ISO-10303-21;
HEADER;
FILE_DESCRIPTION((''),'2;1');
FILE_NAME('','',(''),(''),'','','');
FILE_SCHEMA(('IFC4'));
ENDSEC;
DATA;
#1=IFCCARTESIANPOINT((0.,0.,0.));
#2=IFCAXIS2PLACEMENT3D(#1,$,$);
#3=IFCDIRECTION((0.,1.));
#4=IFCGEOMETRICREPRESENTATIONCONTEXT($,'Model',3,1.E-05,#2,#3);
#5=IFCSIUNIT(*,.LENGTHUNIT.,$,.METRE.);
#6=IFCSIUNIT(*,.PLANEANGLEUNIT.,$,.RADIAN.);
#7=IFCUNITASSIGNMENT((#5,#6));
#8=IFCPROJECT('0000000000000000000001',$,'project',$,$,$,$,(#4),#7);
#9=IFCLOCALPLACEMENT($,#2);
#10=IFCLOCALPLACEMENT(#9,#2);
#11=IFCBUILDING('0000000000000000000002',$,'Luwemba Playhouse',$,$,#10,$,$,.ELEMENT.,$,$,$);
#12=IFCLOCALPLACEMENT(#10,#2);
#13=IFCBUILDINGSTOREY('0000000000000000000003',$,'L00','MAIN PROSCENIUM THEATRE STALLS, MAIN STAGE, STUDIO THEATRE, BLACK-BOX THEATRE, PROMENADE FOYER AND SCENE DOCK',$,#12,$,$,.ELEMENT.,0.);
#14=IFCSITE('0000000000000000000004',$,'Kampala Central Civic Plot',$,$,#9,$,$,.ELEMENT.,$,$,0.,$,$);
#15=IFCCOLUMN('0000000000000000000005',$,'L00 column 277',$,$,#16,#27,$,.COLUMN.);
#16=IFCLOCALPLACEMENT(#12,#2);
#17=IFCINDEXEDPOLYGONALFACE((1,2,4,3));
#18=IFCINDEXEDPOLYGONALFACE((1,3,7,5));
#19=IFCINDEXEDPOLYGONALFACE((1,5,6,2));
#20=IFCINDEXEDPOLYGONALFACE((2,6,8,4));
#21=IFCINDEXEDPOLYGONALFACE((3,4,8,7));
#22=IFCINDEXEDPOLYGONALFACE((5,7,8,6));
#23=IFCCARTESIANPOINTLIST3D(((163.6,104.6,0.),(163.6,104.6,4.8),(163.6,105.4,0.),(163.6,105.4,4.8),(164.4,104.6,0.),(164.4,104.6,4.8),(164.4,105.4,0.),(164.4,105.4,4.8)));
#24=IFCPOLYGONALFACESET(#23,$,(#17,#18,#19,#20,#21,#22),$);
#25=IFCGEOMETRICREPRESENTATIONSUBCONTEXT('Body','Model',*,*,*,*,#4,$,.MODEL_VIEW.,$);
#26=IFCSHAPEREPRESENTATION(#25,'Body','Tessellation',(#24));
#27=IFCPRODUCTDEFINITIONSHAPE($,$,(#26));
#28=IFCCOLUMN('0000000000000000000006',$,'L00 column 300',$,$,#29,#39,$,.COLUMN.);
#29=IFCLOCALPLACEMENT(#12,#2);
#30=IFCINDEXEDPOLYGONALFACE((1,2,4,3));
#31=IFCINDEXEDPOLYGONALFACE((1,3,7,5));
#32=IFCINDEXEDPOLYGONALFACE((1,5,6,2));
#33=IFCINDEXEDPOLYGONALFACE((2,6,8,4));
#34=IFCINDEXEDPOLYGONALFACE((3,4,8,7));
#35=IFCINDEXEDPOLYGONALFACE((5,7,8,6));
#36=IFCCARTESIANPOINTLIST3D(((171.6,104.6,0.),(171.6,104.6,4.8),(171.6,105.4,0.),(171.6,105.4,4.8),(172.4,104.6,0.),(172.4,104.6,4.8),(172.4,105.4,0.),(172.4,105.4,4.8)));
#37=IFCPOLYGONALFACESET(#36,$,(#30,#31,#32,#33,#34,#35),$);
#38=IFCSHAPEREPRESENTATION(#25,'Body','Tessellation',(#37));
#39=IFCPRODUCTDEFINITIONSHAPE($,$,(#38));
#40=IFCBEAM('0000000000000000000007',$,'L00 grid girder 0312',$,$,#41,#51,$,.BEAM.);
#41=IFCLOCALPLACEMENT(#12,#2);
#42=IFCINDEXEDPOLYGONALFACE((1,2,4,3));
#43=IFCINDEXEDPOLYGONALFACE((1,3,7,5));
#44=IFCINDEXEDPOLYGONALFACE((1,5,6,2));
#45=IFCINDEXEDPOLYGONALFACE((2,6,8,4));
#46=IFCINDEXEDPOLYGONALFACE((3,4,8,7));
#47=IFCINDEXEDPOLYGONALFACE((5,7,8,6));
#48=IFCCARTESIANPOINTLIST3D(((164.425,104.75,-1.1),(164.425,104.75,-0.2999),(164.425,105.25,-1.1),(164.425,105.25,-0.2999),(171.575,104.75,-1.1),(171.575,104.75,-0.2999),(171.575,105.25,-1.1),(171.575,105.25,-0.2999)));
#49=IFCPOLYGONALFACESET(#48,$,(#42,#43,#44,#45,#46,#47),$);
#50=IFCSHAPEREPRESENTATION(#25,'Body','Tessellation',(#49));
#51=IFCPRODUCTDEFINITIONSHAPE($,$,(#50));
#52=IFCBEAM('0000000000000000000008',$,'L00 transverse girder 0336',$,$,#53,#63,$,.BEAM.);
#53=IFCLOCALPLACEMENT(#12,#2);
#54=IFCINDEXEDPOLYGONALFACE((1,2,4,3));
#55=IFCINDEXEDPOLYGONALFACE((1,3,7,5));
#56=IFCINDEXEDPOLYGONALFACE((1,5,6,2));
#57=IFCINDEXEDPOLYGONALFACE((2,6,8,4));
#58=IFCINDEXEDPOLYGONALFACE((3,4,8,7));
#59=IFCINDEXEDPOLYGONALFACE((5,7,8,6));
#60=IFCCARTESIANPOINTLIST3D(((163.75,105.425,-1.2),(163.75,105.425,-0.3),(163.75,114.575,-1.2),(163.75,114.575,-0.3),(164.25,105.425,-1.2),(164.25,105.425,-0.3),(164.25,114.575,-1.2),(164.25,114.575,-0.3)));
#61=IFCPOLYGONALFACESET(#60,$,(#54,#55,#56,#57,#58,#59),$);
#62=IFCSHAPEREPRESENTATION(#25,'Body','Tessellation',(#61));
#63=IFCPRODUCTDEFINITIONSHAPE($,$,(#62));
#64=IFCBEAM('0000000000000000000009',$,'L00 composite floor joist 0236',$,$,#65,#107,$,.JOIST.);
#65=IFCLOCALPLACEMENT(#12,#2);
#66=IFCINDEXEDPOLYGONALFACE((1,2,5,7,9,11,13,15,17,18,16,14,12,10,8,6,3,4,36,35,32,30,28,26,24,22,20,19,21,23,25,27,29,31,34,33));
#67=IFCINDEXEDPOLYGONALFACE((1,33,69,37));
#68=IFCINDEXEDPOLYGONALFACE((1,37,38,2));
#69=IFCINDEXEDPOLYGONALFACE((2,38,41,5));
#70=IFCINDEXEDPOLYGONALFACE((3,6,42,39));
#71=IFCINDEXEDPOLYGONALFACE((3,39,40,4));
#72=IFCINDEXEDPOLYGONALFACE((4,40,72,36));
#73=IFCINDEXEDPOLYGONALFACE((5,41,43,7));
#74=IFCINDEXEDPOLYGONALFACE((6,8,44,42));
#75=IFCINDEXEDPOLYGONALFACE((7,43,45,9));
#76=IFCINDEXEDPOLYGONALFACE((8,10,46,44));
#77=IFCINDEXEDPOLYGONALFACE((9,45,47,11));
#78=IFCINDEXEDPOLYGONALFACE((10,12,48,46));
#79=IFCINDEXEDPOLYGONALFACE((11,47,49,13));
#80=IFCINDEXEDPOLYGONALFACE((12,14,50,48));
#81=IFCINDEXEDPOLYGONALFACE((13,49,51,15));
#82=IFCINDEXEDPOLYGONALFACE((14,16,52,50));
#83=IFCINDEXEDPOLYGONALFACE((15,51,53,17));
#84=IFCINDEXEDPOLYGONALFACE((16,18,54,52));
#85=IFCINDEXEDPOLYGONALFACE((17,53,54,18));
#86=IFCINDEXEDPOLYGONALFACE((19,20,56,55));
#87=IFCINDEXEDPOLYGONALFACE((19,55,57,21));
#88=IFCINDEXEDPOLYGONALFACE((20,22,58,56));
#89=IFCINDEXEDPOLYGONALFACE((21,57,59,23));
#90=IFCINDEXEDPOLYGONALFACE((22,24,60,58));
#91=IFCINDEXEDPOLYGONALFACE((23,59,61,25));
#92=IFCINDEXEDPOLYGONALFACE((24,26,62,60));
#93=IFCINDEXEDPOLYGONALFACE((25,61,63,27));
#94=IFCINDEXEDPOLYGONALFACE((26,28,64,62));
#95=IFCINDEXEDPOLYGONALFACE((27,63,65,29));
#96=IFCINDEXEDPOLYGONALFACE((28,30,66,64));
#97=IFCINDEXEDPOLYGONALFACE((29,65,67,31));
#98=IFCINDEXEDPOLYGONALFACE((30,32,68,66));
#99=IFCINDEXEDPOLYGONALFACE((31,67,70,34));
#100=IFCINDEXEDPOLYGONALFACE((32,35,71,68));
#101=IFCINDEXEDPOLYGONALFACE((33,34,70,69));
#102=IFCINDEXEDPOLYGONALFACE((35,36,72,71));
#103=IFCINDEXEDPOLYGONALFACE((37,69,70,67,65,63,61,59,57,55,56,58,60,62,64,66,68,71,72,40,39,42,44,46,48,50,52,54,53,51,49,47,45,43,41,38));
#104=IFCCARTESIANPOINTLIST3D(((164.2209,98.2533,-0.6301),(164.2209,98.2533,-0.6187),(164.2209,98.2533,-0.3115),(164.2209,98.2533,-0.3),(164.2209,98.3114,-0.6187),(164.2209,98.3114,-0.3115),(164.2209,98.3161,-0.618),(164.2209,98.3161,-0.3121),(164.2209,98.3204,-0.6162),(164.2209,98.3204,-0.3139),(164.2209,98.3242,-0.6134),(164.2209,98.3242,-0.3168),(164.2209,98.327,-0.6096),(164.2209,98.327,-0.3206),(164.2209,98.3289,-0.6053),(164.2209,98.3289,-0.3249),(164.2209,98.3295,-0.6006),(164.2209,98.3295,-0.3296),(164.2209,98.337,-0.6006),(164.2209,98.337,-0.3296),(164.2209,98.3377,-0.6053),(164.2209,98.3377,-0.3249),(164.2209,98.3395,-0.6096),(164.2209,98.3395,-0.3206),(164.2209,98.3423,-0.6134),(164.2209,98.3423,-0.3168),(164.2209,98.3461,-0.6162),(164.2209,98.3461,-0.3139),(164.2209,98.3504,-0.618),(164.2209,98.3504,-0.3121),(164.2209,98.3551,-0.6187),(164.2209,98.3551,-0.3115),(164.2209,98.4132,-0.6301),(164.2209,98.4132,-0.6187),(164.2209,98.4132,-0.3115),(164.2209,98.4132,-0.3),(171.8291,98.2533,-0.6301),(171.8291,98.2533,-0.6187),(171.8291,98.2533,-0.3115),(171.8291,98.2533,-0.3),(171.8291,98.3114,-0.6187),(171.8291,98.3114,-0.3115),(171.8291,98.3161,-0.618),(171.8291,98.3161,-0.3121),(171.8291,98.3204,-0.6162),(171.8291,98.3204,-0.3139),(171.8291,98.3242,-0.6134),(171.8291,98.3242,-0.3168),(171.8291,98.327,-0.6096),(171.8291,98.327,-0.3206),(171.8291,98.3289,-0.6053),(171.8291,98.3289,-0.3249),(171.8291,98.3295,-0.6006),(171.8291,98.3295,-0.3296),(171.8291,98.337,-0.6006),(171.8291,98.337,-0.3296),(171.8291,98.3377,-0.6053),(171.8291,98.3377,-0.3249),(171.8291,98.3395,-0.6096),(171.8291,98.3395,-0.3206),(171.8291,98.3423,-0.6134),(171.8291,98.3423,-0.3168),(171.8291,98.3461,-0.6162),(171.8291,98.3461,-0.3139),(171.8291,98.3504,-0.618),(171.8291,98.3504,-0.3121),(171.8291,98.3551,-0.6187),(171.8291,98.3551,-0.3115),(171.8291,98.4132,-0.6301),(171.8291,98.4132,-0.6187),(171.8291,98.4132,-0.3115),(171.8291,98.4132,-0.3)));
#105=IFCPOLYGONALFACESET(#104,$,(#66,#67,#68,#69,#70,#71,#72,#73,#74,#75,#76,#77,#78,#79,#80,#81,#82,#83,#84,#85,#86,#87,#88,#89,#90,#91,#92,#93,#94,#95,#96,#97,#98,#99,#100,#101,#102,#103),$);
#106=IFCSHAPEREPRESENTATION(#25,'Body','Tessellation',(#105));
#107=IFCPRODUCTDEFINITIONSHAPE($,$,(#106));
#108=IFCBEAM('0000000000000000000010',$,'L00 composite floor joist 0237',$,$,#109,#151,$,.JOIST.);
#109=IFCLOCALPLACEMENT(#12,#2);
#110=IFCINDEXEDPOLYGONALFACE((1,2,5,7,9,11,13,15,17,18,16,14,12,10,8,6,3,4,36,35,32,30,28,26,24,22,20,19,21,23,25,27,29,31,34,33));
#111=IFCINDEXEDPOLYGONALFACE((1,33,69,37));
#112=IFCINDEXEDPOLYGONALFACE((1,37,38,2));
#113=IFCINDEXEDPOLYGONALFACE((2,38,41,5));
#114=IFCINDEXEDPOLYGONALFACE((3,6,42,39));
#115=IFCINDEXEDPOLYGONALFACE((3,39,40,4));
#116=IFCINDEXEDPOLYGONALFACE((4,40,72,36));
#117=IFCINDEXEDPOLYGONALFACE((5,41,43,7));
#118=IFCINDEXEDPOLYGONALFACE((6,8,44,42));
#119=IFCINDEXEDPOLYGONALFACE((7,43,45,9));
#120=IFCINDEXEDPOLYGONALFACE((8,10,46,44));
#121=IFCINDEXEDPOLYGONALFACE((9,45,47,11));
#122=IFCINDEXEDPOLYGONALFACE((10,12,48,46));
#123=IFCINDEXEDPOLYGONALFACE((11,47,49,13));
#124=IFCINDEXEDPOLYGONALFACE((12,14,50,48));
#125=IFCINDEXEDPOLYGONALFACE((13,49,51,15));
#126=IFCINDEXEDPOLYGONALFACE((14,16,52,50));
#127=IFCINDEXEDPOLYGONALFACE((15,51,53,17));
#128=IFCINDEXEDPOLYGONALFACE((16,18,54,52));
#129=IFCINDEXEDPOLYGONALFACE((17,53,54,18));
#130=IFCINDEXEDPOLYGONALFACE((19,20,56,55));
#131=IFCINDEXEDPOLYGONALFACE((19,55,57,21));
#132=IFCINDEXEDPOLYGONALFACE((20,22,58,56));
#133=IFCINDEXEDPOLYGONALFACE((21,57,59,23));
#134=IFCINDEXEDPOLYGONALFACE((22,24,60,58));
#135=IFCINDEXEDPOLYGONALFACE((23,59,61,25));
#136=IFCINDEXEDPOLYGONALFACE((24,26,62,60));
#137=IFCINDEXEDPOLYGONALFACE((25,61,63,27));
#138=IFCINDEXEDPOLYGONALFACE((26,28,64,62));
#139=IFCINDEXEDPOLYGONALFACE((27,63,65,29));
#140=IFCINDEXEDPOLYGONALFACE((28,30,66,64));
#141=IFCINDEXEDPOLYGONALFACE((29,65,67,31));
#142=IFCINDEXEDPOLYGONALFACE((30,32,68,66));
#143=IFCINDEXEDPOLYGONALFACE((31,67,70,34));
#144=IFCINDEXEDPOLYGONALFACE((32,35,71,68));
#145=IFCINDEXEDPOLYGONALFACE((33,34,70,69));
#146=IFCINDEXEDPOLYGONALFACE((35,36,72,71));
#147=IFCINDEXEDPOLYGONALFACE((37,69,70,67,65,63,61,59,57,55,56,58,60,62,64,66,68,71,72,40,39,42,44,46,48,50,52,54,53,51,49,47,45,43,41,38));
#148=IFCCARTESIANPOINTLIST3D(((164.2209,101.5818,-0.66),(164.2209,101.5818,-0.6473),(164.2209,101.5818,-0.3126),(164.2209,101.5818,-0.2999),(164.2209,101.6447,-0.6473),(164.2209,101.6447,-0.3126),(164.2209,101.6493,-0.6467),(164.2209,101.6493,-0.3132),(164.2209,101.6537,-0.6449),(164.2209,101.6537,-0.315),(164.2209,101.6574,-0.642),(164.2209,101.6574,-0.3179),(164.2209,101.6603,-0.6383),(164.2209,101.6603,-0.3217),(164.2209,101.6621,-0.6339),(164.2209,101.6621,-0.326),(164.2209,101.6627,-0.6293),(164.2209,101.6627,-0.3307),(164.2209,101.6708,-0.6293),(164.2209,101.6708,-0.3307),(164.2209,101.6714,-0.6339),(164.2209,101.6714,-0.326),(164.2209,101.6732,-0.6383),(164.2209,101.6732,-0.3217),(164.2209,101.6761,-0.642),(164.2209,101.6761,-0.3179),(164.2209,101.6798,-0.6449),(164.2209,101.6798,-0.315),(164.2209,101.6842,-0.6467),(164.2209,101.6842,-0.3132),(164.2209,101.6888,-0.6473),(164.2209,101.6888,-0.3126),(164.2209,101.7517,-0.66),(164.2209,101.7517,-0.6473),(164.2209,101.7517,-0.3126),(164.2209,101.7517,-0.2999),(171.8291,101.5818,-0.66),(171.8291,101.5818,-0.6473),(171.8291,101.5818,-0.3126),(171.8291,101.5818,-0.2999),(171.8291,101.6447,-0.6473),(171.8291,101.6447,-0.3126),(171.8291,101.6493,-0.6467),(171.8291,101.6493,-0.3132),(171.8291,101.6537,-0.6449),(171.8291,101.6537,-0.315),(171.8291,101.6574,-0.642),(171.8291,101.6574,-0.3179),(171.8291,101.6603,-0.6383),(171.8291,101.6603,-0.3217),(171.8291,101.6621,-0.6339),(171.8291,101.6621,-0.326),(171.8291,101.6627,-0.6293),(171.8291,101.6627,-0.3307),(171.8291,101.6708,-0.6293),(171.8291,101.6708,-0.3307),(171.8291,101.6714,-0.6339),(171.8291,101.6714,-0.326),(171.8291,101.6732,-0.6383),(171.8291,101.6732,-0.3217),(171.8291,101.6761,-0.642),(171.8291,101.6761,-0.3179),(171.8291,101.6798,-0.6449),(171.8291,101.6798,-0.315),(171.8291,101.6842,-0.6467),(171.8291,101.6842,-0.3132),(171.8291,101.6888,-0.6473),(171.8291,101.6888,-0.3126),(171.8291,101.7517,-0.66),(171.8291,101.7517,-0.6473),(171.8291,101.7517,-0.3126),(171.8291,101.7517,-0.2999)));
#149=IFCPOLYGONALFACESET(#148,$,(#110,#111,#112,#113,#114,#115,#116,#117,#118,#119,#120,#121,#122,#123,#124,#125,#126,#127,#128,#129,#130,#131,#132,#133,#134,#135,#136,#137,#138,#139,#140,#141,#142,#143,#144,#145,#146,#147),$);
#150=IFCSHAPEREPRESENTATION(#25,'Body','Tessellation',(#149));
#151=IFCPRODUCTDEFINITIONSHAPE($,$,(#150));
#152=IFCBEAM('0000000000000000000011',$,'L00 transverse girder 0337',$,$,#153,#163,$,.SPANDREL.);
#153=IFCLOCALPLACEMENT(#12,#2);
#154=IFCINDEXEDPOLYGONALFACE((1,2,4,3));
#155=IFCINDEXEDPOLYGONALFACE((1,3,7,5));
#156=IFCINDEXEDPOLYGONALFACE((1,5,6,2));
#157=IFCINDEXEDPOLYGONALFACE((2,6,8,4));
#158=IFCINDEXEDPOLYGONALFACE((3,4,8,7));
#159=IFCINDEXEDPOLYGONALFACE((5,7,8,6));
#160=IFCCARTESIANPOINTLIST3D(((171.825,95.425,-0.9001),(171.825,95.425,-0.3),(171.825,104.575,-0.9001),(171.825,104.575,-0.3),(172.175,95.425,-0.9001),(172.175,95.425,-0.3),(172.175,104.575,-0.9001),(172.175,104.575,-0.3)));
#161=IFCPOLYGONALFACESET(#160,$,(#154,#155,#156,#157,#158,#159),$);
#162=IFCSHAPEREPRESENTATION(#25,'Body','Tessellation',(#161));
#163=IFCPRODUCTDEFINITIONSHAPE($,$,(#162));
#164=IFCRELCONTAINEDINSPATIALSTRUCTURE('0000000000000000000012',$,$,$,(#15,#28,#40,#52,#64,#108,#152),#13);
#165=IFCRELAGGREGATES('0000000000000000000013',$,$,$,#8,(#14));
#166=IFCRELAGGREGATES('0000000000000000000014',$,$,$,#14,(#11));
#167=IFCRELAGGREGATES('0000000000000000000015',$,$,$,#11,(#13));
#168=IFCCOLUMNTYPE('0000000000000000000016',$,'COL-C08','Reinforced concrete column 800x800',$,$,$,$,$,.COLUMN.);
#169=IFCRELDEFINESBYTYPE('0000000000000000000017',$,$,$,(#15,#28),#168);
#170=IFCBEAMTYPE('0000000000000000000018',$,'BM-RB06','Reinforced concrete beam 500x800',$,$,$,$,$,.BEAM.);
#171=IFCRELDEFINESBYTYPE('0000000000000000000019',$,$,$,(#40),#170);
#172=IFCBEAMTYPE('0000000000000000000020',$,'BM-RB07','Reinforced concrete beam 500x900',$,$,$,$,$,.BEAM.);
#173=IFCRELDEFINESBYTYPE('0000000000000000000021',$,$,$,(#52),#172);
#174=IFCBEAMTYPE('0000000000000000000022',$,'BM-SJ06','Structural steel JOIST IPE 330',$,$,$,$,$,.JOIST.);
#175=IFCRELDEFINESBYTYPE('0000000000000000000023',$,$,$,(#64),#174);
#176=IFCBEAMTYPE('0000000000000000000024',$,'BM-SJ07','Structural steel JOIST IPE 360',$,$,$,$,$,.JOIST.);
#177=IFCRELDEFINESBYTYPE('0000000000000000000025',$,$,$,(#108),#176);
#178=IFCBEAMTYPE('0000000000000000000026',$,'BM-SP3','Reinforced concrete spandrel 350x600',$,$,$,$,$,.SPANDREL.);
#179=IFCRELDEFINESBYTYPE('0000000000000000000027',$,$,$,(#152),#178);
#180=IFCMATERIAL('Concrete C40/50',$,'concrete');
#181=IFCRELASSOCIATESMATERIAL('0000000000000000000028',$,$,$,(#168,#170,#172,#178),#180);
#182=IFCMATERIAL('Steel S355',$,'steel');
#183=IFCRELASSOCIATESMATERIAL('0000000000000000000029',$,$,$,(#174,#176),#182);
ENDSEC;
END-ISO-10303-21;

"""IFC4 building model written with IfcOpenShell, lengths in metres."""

from ifc_helpers import new_model, si_unit, direction, frame, origin, origin_2d, place, context, subcontext, project, spatial, rectangle, i_section, extrude, material, material_profile, profile_set, type_object, element, save


model = new_model("IFC4")

# Units and contexts
model_context = context("Model", 3, precision=1e-05, world=origin(), true_north=direction((0.0, 1.0)))
body_context = subcontext(model_context, "Body", "Model", "MODEL_VIEW")
ifc_project = project(units=[si_unit("LENGTHUNIT", "METRE"), si_unit("PLANEANGLEUNIT", "RADIAN")], contexts=[model_context])

# Site, building, storey
site_placement = place(None, origin())
site = spatial("IfcSite", under=ifc_project, at=site_placement, Name="Kampala Central Civic Plot", CompositionType="ELEMENT", RefElevation=0.0)
building_placement = place(site_placement, origin())
building = spatial("IfcBuilding", under=site, at=building_placement, Name="Luwemba Playhouse", CompositionType="ELEMENT")
storey_placement = place(building_placement, origin())
storey = spatial("IfcBuildingStorey", under=building, at=storey_placement, Name="L00", Description="MAIN PROSCENIUM THEATRE STALLS, MAIN STAGE, STUDIO THEATRE, BLACK-BOX THEATRE, PROMENADE FOYER AND SCENE DOCK", CompositionType="ELEMENT", Elevation=0.0)

# Columns
ifc_material_1 = material(Name="Concrete C40/50", Category="concrete")
ifc_material_profile_1 = material_profile(ifc_material_1, rectangle(XDim=0.8, YDim=0.8, at=origin_2d()))
ifc_profile_set_1 = profile_set([ifc_material_profile_1], Name="Concrete C40/50")
column_type = type_object("IfcColumnType", Name="COL-C08", Description="Reinforced concrete column 800x800", PredefinedType="COLUMN", material=ifc_profile_set_1)
for number, where, z_axis, x_axis, name in (
    (1, (164.0, 105.0, 0.0), (0.0, 0.0, 1.0), (1.0, 0.0, 0.0), "L00 column 277"),
    (2, (172.0, 105.0, 0.0), (0.0, 0.0, 1.0), (1.0, 0.0, 0.0), "L00 column 300"),
):
    element("IfcColumn", number, at=place(storey_placement, frame(where, z_axis=z_axis, x_axis=x_axis)), inside=storey, type_object=column_type, Name=name, PredefinedType="COLUMN", context=body_context, shape_type="SweptSolid", body=[
        extrude(rectangle(XDim=0.8, YDim=0.8, at=origin_2d()), origin(), (0.0, 0.0, 1.0), 4.8),
    ])

# Beams
ifc_material_profile_2 = material_profile(ifc_material_1, rectangle(XDim=0.5, YDim=0.8, at=origin_2d()))
ifc_profile_set_2 = profile_set([ifc_material_profile_2], Name="Concrete C40/50")
beam_type_1 = type_object("IfcBeamType", Name="BM-RB06", Description="Reinforced concrete beam 500x800", PredefinedType="BEAM", material=ifc_profile_set_2)
beam_1_placement = place(storey_placement, frame((164.425, 105.0, -0.7), z_axis=(1.0, 0.0, 0.0), x_axis=(0.0, 1.0, 0.0)))
element("IfcBeam", 3, at=beam_1_placement, inside=storey, type_object=beam_type_1, Name="L00 grid girder 0312", PredefinedType="BEAM", context=body_context, shape_type="SweptSolid", body=[
    extrude(rectangle(XDim=0.5, YDim=0.8, at=origin_2d()), origin(), (0.0, 0.0, 1.0), 7.1499),
])
ifc_material_profile_3 = material_profile(ifc_material_1, rectangle(XDim=0.5, YDim=0.8999, at=origin_2d()))
ifc_profile_set_3 = profile_set([ifc_material_profile_3], Name="Concrete C40/50")
beam_type_2 = type_object("IfcBeamType", Name="BM-RB07", Description="Reinforced concrete beam 500x900", PredefinedType="BEAM", material=ifc_profile_set_3)
beam_2_placement = place(storey_placement, frame((164.0, 105.425, -0.75), z_axis=(0.0, 1.0, 0.0), x_axis=(-1.0, 0.0, 0.0)))
element("IfcBeam", 4, at=beam_2_placement, inside=storey, type_object=beam_type_2, Name="L00 transverse girder 0336", PredefinedType="BEAM", context=body_context, shape_type="SweptSolid", body=[
    extrude(rectangle(XDim=0.5, YDim=0.8999, at=origin_2d()), origin(), (0.0, 0.0, 1.0), 9.1499),
])
ifc_material_2 = material(Name="Steel S355", Category="steel")
ifc_material_profile_4 = material_profile(ifc_material_2, i_section(OverallWidth=0.1599, OverallDepth=0.3301, WebThickness=0.0076, FlangeThickness=0.0115, FilletRadius=0.0181, at=origin_2d()))
ifc_profile_set_4 = profile_set([ifc_material_profile_4], Name="Steel S355")
beam_type_3 = type_object("IfcBeamType", Name="BM-SJ06", Description="Structural steel JOIST IPE 330", PredefinedType="JOIST", material=ifc_profile_set_4)
beam_3_placement = place(storey_placement, frame((164.2209, 98.3333, -0.4651), z_axis=(1.0, 0.0, 0.0), x_axis=(0.0, 1.0, 0.0)))
element("IfcBeam", 5, at=beam_3_placement, inside=storey, type_object=beam_type_3, Name="L00 composite floor joist 0236", PredefinedType="JOIST", context=body_context, shape_type="SweptSolid", body=[
    extrude(i_section(OverallWidth=0.1599, OverallDepth=0.3301, WebThickness=0.0076, FlangeThickness=0.0115, FilletRadius=0.0181, at=origin_2d()), origin(), (0.0, 0.0, 1.0), 7.6082),
])
ifc_material_profile_5 = material_profile(ifc_material_2, i_section(OverallWidth=0.1699, OverallDepth=0.3601, WebThickness=0.0081, FlangeThickness=0.0127, FilletRadius=0.0181, at=origin_2d()))
ifc_profile_set_5 = profile_set([ifc_material_profile_5], Name="Steel S355")
beam_type_4 = type_object("IfcBeamType", Name="BM-SJ07", Description="Structural steel JOIST IPE 360", PredefinedType="JOIST", material=ifc_profile_set_5)
beam_4_placement = place(storey_placement, frame((164.2209, 101.6667, -0.48), z_axis=(1.0, 0.0, 0.0), x_axis=(0.0, 1.0, 0.0)))
element("IfcBeam", 6, at=beam_4_placement, inside=storey, type_object=beam_type_4, Name="L00 composite floor joist 0237", PredefinedType="JOIST", context=body_context, shape_type="SweptSolid", body=[
    extrude(i_section(OverallWidth=0.1699, OverallDepth=0.3601, WebThickness=0.0081, FlangeThickness=0.0127, FilletRadius=0.0181, at=origin_2d()), origin(), (0.0, 0.0, 1.0), 7.6082),
])
ifc_material_profile_6 = material_profile(ifc_material_1, rectangle(XDim=0.3501, YDim=0.6001, at=origin_2d()))
ifc_profile_set_6 = profile_set([ifc_material_profile_6], Name="Concrete C40/50")
beam_type_5 = type_object("IfcBeamType", Name="BM-SP3", Description="Reinforced concrete spandrel 350x600", PredefinedType="SPANDREL", material=ifc_profile_set_6)
beam_5_placement = place(storey_placement, frame((172.0, 95.425, -0.6001), z_axis=(0.0, 1.0, 0.0), x_axis=(-1.0, 0.0, 0.0)))
element("IfcBeam", 7, at=beam_5_placement, inside=storey, type_object=beam_type_5, Name="L00 transverse girder 0337", PredefinedType="SPANDREL", context=body_context, shape_type="SweptSolid", body=[
    extrude(rectangle(XDim=0.3501, YDim=0.6001, at=origin_2d()), origin(), (0.0, 0.0, 1.0), 9.1499),
])

save(model, "model.ifc")
